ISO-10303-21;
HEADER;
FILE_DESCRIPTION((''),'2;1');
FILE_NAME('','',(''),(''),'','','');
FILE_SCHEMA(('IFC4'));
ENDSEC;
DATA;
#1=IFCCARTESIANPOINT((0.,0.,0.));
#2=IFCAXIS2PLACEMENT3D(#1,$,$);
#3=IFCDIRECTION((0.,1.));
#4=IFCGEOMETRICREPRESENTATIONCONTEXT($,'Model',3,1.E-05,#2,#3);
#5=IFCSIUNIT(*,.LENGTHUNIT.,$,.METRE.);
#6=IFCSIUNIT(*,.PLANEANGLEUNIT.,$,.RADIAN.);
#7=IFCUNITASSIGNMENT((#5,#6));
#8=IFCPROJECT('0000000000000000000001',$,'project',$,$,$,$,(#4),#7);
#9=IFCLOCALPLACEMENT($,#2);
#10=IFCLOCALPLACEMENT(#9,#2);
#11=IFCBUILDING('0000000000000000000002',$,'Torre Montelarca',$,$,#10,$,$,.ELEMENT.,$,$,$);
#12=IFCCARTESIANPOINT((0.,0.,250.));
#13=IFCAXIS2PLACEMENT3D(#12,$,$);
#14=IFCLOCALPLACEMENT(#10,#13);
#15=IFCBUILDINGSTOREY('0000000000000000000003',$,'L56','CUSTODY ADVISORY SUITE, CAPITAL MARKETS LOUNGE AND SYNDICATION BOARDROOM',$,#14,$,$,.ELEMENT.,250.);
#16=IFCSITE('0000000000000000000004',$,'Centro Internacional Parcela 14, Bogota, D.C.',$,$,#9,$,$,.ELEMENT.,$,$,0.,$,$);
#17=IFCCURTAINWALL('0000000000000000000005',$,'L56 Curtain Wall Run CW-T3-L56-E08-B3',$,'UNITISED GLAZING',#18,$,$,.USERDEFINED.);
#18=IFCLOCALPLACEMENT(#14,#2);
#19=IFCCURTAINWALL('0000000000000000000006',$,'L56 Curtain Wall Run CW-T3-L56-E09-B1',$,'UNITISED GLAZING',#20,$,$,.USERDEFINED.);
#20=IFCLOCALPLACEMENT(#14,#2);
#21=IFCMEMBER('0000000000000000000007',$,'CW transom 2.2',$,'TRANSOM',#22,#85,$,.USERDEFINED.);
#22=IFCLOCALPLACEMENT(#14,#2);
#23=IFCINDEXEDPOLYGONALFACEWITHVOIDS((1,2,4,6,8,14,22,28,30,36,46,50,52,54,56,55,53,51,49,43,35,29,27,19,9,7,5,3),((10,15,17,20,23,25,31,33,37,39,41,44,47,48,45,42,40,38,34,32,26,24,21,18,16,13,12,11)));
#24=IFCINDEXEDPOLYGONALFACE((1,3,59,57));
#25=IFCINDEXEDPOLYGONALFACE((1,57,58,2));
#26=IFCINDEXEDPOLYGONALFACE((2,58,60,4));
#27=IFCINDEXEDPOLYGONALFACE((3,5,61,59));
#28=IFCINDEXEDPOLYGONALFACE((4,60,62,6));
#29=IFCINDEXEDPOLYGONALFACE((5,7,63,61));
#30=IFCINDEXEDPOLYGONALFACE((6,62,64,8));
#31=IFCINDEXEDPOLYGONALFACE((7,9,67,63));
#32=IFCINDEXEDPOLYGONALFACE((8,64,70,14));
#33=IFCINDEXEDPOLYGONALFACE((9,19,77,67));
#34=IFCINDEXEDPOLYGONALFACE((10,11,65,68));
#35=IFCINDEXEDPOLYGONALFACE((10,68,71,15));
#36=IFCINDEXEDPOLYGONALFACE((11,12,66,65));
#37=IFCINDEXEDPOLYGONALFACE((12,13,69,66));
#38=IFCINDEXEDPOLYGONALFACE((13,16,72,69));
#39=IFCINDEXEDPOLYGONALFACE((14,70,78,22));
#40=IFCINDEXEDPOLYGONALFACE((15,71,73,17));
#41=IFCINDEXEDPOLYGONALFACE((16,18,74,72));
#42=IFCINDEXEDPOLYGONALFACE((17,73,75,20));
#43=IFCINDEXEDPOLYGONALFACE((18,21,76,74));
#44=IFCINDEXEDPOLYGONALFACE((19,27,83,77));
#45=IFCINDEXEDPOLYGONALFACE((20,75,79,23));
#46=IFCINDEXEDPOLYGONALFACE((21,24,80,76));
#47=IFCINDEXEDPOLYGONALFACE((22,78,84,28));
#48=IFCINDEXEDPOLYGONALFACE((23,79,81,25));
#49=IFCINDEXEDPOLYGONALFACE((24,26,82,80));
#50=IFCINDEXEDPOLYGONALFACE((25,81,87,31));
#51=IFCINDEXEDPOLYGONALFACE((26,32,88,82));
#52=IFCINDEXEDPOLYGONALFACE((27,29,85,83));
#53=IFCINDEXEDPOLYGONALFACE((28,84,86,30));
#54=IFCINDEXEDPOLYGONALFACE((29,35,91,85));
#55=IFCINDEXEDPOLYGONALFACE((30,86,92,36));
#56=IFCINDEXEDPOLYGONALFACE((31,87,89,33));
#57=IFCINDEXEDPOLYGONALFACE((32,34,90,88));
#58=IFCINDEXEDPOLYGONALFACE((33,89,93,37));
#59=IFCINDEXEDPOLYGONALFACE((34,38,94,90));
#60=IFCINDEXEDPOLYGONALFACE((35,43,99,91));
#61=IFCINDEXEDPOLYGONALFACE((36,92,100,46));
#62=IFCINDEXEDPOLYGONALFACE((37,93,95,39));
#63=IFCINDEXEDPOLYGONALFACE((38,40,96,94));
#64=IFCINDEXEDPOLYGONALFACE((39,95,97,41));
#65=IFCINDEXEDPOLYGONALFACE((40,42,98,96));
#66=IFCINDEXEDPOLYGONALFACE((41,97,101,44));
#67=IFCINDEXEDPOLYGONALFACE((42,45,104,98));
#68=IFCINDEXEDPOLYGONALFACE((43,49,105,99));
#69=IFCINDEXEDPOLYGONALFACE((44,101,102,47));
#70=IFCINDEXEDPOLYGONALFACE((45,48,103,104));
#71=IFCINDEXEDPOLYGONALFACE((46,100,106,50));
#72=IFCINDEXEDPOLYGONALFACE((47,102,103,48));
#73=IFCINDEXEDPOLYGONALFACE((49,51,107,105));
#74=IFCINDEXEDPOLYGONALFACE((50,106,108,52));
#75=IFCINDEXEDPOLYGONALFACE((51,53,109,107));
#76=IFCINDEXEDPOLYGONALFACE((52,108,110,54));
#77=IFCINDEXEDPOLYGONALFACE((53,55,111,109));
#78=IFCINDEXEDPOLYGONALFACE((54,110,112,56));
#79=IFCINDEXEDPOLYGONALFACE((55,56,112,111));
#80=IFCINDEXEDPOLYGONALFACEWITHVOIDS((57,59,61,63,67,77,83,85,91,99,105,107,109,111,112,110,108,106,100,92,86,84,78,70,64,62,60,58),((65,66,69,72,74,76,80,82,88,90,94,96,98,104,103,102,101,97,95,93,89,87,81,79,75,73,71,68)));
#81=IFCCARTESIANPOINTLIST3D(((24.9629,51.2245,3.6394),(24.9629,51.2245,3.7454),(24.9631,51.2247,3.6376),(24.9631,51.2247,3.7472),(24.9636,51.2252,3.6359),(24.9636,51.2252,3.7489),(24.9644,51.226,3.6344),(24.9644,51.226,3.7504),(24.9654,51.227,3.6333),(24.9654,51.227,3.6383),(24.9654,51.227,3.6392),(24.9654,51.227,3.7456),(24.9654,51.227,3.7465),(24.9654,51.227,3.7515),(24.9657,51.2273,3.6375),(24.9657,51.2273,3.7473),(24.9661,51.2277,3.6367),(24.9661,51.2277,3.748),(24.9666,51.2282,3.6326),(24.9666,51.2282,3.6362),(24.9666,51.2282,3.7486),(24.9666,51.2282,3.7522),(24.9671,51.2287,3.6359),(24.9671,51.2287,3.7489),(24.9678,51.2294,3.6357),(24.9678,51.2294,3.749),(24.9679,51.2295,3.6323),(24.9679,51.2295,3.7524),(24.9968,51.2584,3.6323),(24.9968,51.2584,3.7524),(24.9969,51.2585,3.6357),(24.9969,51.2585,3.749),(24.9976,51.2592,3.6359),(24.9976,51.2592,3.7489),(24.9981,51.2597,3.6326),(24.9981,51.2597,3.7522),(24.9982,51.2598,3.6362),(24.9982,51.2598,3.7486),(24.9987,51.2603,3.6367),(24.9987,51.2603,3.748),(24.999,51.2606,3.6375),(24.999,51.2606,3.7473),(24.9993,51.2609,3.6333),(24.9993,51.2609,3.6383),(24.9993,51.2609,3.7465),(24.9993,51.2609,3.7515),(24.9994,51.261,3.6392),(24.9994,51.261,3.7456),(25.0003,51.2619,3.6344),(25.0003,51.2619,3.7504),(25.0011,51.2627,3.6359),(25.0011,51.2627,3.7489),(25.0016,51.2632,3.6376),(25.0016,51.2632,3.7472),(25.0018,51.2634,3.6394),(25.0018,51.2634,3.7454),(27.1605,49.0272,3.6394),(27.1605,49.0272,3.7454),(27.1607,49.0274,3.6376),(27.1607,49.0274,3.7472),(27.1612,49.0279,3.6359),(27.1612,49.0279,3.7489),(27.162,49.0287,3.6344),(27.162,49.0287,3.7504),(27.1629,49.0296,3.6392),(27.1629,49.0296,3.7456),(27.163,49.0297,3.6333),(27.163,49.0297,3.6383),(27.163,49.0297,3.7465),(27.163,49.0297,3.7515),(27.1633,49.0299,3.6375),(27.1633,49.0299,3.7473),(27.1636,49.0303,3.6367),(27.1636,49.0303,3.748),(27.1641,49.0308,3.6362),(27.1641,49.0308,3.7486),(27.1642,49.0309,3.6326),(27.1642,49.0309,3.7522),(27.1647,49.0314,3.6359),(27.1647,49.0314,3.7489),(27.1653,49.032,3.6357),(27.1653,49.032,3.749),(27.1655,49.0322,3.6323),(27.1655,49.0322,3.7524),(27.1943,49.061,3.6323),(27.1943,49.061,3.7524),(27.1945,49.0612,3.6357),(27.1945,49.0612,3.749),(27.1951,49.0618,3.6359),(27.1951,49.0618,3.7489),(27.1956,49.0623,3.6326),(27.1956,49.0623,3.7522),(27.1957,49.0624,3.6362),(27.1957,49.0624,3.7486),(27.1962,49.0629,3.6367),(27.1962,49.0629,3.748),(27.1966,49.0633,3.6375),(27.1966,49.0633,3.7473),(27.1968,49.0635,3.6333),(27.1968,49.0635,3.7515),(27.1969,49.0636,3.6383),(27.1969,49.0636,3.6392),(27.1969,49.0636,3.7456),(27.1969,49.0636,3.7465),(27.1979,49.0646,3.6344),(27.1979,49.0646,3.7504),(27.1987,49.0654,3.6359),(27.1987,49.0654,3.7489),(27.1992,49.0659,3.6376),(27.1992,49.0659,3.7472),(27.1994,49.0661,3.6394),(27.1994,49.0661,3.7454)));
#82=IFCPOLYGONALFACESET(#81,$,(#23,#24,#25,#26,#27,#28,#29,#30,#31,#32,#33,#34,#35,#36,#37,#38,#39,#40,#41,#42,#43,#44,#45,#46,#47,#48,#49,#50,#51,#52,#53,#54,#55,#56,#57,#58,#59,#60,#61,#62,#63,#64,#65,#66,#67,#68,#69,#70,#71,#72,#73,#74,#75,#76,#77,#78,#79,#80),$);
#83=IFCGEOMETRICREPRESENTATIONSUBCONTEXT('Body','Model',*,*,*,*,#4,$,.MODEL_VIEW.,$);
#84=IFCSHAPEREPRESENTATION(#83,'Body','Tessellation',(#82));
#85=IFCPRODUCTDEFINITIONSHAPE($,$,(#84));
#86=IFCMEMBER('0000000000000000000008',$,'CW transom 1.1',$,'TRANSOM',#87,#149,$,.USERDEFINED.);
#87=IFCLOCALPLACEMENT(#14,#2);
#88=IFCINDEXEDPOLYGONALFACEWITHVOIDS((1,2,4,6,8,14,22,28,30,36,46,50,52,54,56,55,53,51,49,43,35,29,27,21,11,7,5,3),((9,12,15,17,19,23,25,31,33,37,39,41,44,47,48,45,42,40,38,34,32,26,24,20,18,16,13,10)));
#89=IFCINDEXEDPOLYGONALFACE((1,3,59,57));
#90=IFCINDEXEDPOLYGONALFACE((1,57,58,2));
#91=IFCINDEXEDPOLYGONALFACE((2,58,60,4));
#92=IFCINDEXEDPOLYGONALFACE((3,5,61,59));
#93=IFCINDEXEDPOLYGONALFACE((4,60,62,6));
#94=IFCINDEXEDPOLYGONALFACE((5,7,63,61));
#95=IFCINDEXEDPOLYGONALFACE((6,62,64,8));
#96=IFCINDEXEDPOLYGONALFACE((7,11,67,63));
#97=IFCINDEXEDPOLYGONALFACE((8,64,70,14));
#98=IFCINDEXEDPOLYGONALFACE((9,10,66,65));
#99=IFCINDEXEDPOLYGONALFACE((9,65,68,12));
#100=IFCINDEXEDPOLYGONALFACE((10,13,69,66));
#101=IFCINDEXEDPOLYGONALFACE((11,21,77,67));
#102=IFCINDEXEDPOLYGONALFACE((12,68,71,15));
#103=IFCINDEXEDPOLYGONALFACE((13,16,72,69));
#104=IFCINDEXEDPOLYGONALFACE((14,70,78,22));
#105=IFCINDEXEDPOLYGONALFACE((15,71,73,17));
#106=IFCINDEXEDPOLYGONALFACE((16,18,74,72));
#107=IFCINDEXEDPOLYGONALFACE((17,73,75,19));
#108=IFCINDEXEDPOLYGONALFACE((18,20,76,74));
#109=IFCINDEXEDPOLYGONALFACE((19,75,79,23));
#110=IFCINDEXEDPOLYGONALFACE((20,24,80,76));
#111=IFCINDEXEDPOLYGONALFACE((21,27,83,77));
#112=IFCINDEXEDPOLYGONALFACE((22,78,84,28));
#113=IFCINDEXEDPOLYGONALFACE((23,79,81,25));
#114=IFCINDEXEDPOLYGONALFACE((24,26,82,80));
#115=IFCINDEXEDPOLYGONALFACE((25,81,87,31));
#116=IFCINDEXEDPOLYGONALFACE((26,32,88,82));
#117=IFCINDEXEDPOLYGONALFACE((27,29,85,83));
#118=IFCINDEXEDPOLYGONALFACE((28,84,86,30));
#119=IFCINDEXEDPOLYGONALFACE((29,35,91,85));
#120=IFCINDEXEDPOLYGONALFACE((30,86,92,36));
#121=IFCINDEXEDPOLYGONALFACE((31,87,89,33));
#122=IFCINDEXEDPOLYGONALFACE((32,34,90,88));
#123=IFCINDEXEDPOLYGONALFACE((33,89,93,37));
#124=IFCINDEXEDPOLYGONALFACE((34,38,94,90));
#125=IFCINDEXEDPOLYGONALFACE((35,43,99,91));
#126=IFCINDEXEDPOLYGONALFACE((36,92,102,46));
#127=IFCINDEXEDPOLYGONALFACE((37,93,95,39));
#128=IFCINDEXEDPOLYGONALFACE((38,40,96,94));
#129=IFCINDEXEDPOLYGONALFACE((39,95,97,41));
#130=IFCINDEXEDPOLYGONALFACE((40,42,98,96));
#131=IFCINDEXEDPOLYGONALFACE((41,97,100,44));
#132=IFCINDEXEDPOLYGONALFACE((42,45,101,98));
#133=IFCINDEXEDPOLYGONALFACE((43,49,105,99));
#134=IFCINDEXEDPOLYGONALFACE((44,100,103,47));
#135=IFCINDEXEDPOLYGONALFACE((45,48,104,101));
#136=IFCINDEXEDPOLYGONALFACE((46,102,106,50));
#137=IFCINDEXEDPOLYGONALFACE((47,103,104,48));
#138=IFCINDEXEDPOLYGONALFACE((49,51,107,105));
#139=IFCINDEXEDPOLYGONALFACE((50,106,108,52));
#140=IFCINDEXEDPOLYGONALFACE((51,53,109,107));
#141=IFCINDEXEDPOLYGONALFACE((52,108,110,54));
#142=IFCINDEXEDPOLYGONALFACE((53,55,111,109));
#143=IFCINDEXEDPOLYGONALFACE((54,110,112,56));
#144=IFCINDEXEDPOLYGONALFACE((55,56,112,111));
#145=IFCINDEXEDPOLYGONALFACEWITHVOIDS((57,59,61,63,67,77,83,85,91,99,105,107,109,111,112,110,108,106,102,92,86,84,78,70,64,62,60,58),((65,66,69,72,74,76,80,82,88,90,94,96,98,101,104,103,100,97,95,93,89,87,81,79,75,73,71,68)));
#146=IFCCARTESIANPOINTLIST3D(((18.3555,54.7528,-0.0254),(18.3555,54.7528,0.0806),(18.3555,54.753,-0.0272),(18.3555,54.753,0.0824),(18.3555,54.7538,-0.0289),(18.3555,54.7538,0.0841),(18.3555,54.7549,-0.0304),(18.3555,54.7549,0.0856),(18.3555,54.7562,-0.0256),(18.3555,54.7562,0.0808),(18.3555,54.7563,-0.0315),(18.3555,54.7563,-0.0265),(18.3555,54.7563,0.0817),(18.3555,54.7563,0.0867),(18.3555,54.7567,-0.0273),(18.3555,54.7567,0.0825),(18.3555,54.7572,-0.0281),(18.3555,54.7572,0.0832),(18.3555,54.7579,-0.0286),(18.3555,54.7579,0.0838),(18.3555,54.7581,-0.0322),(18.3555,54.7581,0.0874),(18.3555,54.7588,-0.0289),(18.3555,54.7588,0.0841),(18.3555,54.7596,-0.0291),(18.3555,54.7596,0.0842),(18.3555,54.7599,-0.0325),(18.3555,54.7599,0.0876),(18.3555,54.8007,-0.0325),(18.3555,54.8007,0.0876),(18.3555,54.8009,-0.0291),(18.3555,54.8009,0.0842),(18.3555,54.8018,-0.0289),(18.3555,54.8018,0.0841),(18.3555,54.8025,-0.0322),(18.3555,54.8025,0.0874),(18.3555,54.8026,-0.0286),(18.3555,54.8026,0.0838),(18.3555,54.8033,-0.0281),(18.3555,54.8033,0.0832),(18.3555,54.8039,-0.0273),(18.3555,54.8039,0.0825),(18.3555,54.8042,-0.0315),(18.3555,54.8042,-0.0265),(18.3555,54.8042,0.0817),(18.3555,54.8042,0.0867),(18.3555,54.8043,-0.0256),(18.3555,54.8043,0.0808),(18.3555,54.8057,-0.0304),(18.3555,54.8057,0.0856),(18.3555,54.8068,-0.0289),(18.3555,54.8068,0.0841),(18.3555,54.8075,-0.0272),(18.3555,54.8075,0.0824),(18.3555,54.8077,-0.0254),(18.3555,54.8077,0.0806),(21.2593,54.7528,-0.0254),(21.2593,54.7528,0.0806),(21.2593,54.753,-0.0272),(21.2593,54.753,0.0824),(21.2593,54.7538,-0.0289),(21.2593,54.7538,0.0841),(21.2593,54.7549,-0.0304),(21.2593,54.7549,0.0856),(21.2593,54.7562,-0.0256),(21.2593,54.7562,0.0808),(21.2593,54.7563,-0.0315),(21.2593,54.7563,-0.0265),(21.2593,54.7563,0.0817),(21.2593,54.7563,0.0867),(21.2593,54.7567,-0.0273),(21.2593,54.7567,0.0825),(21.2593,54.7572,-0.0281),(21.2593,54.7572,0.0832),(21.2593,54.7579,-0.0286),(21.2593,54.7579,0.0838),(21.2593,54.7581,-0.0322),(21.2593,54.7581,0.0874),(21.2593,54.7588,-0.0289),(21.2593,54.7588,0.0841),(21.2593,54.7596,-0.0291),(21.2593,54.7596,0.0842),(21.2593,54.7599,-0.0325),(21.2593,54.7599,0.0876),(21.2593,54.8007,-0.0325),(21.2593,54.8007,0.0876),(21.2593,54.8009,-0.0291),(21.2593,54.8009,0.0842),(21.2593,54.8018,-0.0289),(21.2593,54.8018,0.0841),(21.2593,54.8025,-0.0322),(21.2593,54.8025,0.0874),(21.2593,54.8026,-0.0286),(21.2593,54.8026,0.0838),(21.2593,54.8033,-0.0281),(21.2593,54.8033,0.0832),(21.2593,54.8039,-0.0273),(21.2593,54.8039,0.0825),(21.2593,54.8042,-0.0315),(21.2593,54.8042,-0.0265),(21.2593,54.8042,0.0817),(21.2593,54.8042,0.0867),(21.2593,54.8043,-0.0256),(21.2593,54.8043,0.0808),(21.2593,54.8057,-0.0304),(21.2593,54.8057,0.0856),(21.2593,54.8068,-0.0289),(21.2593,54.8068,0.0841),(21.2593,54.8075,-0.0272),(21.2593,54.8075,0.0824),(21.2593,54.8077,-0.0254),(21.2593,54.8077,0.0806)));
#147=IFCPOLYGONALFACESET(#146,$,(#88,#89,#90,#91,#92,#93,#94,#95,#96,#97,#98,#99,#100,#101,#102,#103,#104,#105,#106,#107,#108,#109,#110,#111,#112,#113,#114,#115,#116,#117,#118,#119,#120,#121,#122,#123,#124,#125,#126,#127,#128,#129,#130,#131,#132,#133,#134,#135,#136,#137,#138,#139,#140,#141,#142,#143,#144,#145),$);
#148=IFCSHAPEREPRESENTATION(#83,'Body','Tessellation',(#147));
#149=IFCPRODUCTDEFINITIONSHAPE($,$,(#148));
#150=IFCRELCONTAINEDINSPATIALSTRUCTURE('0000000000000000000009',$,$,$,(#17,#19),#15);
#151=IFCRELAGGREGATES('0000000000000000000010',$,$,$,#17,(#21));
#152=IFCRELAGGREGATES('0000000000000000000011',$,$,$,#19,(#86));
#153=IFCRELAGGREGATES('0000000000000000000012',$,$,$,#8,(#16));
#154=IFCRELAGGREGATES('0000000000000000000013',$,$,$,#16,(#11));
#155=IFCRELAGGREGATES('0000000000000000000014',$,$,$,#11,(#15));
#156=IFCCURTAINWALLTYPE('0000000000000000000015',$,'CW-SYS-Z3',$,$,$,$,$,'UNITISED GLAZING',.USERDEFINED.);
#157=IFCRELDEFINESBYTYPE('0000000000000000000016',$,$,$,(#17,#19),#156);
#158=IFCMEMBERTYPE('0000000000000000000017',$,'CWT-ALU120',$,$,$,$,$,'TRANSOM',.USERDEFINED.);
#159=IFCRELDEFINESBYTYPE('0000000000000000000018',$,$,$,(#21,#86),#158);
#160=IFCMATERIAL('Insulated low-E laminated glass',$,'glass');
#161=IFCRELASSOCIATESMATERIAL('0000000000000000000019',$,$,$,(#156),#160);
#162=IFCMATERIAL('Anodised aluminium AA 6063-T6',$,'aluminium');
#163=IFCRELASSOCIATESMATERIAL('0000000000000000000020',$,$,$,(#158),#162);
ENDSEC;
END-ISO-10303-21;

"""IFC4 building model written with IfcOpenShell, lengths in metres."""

from ifc_helpers import new_model, si_unit, direction, frame, origin, origin_2d, place, context, subcontext, project, spatial, hollow_rectangle, extrude, source, transform, mapped, material, material_profile, profile_set, type_object, element, aggregate, save


model = new_model("IFC4")

# Units and contexts
model_context = context("Model", 3, precision=1e-05, world=origin(), true_north=direction((0.0, 1.0)))
body_context = subcontext(model_context, "Body", "Model", "MODEL_VIEW")
ifc_project = project(units=[si_unit("LENGTHUNIT", "METRE"), si_unit("PLANEANGLEUNIT", "RADIAN")], contexts=[model_context])

# Site, building, storey
site_placement = place(None, origin())
site = spatial("IfcSite", under=ifc_project, at=site_placement, Name="Centro Internacional Parcela 14, Bogota, D.C.", CompositionType="ELEMENT", RefElevation=0.0)
building_placement = place(site_placement, origin())
building = spatial("IfcBuilding", under=site, at=building_placement, Name="Torre Montelarca", CompositionType="ELEMENT")
storey_placement = place(building_placement, frame((0.0, 0.0, 250.0)))
storey = spatial("IfcBuildingStorey", under=building, at=storey_placement, Name="L56", Description="CUSTODY ADVISORY SUITE, CAPITAL MARKETS LOUNGE AND SYNDICATION BOARDROOM", CompositionType="ELEMENT", Elevation=250.0)

# Curtain wall
ifc_material_1 = material(Name="Insulated low-E laminated glass", Category="glass")
curtain_wall_type = type_object("IfcCurtainWallType", Name="CW-SYS-Z3", ElementType="UNITISED GLAZING", PredefinedType="USERDEFINED", material=ifc_material_1)
ifc_material_2 = material(Name="Anodised aluminium AA 6063-T6", Category="aluminium")
curtain_wall_1_placement = place(storey_placement, origin())
curtain_wall_1 = element("IfcCurtainWall", 1, at=curtain_wall_1_placement, inside=storey, type_object=curtain_wall_type, Name="L56 Curtain Wall Run CW-T3-L56-E08-B3", ObjectType="UNITISED GLAZING", PredefinedType="USERDEFINED")

# Curtain wall
curtain_wall_2_placement = place(storey_placement, origin())
curtain_wall_2 = element("IfcCurtainWall", 2, at=curtain_wall_2_placement, inside=storey, type_object=curtain_wall_type, Name="L56 Curtain Wall Run CW-T3-L56-E09-B1", ObjectType="UNITISED GLAZING", PredefinedType="USERDEFINED")

# Members
ifc_material_profile_1 = material_profile(ifc_material_2, hollow_rectangle(XDim=0.0549, YDim=0.1201, WallThickness=0.0034, InnerFilletRadius=0.0034, OuterFilletRadius=0.0071, at=origin_2d()), Name="ALU55X120X3.5", Category="aluminium")
ifc_profile_set_1 = profile_set([ifc_material_profile_1], Name="Anodised aluminium AA 6063-T6")
member_type_1 = type_object("IfcMemberType", Name="CWT-ALU120", ElementType="TRANSOM", PredefinedType="USERDEFINED", material=ifc_profile_set_1)
shared_shape_1 = source(origin(), body_context, "Body", "SweptSolid", [
    extrude(hollow_rectangle(XDim=0.0549, YDim=0.1201, WallThickness=0.0034, InnerFilletRadius=0.0034, OuterFilletRadius=0.0071, at=origin_2d()), origin(), (0.0, 0.0, 1.0), 3.1077),
])
member_1_placement = place(storey_placement, frame((27.1799, 49.0466, 3.6924), z_axis=(-0.707146, 0.707067, 0.0), x_axis=(-0.707067, -0.707146, 0.0)))
member_1 = element("IfcMember", 3, at=member_1_placement, type_object=member_type_1, Name="CW transom 2.2", ObjectType="TRANSOM", PredefinedType="USERDEFINED", context=body_context, shape_type="MappedRepresentation", body=[
    mapped(shared_shape_1, transform((0.0, 0.0, 0.0), scale=1.0)),
])
shared_shape_2 = source(origin(), body_context, "Body", "SweptSolid", [
    extrude(hollow_rectangle(XDim=0.0549, YDim=0.1201, WallThickness=0.0034, InnerFilletRadius=0.0034, OuterFilletRadius=0.0071, at=origin_2d()), origin(), (0.0, 0.0, 1.0), 2.9038),
])
member_2_placement = place(storey_placement, frame((21.2593, 54.7803, 0.0276), z_axis=(-1.0, 0.0, 0.0), x_axis=(0.0, -1.0, 0.0)))
member_2 = element("IfcMember", 4, at=member_2_placement, type_object=member_type_1, Name="CW transom 1.1", ObjectType="TRANSOM", PredefinedType="USERDEFINED", context=body_context, shape_type="MappedRepresentation", body=[
    mapped(shared_shape_2, transform((0.0, 0.0, 0.0), scale=1.0)),
])

aggregate(curtain_wall_1, [member_1])
aggregate(curtain_wall_2, [member_2])

save(model, "model.ifc")
